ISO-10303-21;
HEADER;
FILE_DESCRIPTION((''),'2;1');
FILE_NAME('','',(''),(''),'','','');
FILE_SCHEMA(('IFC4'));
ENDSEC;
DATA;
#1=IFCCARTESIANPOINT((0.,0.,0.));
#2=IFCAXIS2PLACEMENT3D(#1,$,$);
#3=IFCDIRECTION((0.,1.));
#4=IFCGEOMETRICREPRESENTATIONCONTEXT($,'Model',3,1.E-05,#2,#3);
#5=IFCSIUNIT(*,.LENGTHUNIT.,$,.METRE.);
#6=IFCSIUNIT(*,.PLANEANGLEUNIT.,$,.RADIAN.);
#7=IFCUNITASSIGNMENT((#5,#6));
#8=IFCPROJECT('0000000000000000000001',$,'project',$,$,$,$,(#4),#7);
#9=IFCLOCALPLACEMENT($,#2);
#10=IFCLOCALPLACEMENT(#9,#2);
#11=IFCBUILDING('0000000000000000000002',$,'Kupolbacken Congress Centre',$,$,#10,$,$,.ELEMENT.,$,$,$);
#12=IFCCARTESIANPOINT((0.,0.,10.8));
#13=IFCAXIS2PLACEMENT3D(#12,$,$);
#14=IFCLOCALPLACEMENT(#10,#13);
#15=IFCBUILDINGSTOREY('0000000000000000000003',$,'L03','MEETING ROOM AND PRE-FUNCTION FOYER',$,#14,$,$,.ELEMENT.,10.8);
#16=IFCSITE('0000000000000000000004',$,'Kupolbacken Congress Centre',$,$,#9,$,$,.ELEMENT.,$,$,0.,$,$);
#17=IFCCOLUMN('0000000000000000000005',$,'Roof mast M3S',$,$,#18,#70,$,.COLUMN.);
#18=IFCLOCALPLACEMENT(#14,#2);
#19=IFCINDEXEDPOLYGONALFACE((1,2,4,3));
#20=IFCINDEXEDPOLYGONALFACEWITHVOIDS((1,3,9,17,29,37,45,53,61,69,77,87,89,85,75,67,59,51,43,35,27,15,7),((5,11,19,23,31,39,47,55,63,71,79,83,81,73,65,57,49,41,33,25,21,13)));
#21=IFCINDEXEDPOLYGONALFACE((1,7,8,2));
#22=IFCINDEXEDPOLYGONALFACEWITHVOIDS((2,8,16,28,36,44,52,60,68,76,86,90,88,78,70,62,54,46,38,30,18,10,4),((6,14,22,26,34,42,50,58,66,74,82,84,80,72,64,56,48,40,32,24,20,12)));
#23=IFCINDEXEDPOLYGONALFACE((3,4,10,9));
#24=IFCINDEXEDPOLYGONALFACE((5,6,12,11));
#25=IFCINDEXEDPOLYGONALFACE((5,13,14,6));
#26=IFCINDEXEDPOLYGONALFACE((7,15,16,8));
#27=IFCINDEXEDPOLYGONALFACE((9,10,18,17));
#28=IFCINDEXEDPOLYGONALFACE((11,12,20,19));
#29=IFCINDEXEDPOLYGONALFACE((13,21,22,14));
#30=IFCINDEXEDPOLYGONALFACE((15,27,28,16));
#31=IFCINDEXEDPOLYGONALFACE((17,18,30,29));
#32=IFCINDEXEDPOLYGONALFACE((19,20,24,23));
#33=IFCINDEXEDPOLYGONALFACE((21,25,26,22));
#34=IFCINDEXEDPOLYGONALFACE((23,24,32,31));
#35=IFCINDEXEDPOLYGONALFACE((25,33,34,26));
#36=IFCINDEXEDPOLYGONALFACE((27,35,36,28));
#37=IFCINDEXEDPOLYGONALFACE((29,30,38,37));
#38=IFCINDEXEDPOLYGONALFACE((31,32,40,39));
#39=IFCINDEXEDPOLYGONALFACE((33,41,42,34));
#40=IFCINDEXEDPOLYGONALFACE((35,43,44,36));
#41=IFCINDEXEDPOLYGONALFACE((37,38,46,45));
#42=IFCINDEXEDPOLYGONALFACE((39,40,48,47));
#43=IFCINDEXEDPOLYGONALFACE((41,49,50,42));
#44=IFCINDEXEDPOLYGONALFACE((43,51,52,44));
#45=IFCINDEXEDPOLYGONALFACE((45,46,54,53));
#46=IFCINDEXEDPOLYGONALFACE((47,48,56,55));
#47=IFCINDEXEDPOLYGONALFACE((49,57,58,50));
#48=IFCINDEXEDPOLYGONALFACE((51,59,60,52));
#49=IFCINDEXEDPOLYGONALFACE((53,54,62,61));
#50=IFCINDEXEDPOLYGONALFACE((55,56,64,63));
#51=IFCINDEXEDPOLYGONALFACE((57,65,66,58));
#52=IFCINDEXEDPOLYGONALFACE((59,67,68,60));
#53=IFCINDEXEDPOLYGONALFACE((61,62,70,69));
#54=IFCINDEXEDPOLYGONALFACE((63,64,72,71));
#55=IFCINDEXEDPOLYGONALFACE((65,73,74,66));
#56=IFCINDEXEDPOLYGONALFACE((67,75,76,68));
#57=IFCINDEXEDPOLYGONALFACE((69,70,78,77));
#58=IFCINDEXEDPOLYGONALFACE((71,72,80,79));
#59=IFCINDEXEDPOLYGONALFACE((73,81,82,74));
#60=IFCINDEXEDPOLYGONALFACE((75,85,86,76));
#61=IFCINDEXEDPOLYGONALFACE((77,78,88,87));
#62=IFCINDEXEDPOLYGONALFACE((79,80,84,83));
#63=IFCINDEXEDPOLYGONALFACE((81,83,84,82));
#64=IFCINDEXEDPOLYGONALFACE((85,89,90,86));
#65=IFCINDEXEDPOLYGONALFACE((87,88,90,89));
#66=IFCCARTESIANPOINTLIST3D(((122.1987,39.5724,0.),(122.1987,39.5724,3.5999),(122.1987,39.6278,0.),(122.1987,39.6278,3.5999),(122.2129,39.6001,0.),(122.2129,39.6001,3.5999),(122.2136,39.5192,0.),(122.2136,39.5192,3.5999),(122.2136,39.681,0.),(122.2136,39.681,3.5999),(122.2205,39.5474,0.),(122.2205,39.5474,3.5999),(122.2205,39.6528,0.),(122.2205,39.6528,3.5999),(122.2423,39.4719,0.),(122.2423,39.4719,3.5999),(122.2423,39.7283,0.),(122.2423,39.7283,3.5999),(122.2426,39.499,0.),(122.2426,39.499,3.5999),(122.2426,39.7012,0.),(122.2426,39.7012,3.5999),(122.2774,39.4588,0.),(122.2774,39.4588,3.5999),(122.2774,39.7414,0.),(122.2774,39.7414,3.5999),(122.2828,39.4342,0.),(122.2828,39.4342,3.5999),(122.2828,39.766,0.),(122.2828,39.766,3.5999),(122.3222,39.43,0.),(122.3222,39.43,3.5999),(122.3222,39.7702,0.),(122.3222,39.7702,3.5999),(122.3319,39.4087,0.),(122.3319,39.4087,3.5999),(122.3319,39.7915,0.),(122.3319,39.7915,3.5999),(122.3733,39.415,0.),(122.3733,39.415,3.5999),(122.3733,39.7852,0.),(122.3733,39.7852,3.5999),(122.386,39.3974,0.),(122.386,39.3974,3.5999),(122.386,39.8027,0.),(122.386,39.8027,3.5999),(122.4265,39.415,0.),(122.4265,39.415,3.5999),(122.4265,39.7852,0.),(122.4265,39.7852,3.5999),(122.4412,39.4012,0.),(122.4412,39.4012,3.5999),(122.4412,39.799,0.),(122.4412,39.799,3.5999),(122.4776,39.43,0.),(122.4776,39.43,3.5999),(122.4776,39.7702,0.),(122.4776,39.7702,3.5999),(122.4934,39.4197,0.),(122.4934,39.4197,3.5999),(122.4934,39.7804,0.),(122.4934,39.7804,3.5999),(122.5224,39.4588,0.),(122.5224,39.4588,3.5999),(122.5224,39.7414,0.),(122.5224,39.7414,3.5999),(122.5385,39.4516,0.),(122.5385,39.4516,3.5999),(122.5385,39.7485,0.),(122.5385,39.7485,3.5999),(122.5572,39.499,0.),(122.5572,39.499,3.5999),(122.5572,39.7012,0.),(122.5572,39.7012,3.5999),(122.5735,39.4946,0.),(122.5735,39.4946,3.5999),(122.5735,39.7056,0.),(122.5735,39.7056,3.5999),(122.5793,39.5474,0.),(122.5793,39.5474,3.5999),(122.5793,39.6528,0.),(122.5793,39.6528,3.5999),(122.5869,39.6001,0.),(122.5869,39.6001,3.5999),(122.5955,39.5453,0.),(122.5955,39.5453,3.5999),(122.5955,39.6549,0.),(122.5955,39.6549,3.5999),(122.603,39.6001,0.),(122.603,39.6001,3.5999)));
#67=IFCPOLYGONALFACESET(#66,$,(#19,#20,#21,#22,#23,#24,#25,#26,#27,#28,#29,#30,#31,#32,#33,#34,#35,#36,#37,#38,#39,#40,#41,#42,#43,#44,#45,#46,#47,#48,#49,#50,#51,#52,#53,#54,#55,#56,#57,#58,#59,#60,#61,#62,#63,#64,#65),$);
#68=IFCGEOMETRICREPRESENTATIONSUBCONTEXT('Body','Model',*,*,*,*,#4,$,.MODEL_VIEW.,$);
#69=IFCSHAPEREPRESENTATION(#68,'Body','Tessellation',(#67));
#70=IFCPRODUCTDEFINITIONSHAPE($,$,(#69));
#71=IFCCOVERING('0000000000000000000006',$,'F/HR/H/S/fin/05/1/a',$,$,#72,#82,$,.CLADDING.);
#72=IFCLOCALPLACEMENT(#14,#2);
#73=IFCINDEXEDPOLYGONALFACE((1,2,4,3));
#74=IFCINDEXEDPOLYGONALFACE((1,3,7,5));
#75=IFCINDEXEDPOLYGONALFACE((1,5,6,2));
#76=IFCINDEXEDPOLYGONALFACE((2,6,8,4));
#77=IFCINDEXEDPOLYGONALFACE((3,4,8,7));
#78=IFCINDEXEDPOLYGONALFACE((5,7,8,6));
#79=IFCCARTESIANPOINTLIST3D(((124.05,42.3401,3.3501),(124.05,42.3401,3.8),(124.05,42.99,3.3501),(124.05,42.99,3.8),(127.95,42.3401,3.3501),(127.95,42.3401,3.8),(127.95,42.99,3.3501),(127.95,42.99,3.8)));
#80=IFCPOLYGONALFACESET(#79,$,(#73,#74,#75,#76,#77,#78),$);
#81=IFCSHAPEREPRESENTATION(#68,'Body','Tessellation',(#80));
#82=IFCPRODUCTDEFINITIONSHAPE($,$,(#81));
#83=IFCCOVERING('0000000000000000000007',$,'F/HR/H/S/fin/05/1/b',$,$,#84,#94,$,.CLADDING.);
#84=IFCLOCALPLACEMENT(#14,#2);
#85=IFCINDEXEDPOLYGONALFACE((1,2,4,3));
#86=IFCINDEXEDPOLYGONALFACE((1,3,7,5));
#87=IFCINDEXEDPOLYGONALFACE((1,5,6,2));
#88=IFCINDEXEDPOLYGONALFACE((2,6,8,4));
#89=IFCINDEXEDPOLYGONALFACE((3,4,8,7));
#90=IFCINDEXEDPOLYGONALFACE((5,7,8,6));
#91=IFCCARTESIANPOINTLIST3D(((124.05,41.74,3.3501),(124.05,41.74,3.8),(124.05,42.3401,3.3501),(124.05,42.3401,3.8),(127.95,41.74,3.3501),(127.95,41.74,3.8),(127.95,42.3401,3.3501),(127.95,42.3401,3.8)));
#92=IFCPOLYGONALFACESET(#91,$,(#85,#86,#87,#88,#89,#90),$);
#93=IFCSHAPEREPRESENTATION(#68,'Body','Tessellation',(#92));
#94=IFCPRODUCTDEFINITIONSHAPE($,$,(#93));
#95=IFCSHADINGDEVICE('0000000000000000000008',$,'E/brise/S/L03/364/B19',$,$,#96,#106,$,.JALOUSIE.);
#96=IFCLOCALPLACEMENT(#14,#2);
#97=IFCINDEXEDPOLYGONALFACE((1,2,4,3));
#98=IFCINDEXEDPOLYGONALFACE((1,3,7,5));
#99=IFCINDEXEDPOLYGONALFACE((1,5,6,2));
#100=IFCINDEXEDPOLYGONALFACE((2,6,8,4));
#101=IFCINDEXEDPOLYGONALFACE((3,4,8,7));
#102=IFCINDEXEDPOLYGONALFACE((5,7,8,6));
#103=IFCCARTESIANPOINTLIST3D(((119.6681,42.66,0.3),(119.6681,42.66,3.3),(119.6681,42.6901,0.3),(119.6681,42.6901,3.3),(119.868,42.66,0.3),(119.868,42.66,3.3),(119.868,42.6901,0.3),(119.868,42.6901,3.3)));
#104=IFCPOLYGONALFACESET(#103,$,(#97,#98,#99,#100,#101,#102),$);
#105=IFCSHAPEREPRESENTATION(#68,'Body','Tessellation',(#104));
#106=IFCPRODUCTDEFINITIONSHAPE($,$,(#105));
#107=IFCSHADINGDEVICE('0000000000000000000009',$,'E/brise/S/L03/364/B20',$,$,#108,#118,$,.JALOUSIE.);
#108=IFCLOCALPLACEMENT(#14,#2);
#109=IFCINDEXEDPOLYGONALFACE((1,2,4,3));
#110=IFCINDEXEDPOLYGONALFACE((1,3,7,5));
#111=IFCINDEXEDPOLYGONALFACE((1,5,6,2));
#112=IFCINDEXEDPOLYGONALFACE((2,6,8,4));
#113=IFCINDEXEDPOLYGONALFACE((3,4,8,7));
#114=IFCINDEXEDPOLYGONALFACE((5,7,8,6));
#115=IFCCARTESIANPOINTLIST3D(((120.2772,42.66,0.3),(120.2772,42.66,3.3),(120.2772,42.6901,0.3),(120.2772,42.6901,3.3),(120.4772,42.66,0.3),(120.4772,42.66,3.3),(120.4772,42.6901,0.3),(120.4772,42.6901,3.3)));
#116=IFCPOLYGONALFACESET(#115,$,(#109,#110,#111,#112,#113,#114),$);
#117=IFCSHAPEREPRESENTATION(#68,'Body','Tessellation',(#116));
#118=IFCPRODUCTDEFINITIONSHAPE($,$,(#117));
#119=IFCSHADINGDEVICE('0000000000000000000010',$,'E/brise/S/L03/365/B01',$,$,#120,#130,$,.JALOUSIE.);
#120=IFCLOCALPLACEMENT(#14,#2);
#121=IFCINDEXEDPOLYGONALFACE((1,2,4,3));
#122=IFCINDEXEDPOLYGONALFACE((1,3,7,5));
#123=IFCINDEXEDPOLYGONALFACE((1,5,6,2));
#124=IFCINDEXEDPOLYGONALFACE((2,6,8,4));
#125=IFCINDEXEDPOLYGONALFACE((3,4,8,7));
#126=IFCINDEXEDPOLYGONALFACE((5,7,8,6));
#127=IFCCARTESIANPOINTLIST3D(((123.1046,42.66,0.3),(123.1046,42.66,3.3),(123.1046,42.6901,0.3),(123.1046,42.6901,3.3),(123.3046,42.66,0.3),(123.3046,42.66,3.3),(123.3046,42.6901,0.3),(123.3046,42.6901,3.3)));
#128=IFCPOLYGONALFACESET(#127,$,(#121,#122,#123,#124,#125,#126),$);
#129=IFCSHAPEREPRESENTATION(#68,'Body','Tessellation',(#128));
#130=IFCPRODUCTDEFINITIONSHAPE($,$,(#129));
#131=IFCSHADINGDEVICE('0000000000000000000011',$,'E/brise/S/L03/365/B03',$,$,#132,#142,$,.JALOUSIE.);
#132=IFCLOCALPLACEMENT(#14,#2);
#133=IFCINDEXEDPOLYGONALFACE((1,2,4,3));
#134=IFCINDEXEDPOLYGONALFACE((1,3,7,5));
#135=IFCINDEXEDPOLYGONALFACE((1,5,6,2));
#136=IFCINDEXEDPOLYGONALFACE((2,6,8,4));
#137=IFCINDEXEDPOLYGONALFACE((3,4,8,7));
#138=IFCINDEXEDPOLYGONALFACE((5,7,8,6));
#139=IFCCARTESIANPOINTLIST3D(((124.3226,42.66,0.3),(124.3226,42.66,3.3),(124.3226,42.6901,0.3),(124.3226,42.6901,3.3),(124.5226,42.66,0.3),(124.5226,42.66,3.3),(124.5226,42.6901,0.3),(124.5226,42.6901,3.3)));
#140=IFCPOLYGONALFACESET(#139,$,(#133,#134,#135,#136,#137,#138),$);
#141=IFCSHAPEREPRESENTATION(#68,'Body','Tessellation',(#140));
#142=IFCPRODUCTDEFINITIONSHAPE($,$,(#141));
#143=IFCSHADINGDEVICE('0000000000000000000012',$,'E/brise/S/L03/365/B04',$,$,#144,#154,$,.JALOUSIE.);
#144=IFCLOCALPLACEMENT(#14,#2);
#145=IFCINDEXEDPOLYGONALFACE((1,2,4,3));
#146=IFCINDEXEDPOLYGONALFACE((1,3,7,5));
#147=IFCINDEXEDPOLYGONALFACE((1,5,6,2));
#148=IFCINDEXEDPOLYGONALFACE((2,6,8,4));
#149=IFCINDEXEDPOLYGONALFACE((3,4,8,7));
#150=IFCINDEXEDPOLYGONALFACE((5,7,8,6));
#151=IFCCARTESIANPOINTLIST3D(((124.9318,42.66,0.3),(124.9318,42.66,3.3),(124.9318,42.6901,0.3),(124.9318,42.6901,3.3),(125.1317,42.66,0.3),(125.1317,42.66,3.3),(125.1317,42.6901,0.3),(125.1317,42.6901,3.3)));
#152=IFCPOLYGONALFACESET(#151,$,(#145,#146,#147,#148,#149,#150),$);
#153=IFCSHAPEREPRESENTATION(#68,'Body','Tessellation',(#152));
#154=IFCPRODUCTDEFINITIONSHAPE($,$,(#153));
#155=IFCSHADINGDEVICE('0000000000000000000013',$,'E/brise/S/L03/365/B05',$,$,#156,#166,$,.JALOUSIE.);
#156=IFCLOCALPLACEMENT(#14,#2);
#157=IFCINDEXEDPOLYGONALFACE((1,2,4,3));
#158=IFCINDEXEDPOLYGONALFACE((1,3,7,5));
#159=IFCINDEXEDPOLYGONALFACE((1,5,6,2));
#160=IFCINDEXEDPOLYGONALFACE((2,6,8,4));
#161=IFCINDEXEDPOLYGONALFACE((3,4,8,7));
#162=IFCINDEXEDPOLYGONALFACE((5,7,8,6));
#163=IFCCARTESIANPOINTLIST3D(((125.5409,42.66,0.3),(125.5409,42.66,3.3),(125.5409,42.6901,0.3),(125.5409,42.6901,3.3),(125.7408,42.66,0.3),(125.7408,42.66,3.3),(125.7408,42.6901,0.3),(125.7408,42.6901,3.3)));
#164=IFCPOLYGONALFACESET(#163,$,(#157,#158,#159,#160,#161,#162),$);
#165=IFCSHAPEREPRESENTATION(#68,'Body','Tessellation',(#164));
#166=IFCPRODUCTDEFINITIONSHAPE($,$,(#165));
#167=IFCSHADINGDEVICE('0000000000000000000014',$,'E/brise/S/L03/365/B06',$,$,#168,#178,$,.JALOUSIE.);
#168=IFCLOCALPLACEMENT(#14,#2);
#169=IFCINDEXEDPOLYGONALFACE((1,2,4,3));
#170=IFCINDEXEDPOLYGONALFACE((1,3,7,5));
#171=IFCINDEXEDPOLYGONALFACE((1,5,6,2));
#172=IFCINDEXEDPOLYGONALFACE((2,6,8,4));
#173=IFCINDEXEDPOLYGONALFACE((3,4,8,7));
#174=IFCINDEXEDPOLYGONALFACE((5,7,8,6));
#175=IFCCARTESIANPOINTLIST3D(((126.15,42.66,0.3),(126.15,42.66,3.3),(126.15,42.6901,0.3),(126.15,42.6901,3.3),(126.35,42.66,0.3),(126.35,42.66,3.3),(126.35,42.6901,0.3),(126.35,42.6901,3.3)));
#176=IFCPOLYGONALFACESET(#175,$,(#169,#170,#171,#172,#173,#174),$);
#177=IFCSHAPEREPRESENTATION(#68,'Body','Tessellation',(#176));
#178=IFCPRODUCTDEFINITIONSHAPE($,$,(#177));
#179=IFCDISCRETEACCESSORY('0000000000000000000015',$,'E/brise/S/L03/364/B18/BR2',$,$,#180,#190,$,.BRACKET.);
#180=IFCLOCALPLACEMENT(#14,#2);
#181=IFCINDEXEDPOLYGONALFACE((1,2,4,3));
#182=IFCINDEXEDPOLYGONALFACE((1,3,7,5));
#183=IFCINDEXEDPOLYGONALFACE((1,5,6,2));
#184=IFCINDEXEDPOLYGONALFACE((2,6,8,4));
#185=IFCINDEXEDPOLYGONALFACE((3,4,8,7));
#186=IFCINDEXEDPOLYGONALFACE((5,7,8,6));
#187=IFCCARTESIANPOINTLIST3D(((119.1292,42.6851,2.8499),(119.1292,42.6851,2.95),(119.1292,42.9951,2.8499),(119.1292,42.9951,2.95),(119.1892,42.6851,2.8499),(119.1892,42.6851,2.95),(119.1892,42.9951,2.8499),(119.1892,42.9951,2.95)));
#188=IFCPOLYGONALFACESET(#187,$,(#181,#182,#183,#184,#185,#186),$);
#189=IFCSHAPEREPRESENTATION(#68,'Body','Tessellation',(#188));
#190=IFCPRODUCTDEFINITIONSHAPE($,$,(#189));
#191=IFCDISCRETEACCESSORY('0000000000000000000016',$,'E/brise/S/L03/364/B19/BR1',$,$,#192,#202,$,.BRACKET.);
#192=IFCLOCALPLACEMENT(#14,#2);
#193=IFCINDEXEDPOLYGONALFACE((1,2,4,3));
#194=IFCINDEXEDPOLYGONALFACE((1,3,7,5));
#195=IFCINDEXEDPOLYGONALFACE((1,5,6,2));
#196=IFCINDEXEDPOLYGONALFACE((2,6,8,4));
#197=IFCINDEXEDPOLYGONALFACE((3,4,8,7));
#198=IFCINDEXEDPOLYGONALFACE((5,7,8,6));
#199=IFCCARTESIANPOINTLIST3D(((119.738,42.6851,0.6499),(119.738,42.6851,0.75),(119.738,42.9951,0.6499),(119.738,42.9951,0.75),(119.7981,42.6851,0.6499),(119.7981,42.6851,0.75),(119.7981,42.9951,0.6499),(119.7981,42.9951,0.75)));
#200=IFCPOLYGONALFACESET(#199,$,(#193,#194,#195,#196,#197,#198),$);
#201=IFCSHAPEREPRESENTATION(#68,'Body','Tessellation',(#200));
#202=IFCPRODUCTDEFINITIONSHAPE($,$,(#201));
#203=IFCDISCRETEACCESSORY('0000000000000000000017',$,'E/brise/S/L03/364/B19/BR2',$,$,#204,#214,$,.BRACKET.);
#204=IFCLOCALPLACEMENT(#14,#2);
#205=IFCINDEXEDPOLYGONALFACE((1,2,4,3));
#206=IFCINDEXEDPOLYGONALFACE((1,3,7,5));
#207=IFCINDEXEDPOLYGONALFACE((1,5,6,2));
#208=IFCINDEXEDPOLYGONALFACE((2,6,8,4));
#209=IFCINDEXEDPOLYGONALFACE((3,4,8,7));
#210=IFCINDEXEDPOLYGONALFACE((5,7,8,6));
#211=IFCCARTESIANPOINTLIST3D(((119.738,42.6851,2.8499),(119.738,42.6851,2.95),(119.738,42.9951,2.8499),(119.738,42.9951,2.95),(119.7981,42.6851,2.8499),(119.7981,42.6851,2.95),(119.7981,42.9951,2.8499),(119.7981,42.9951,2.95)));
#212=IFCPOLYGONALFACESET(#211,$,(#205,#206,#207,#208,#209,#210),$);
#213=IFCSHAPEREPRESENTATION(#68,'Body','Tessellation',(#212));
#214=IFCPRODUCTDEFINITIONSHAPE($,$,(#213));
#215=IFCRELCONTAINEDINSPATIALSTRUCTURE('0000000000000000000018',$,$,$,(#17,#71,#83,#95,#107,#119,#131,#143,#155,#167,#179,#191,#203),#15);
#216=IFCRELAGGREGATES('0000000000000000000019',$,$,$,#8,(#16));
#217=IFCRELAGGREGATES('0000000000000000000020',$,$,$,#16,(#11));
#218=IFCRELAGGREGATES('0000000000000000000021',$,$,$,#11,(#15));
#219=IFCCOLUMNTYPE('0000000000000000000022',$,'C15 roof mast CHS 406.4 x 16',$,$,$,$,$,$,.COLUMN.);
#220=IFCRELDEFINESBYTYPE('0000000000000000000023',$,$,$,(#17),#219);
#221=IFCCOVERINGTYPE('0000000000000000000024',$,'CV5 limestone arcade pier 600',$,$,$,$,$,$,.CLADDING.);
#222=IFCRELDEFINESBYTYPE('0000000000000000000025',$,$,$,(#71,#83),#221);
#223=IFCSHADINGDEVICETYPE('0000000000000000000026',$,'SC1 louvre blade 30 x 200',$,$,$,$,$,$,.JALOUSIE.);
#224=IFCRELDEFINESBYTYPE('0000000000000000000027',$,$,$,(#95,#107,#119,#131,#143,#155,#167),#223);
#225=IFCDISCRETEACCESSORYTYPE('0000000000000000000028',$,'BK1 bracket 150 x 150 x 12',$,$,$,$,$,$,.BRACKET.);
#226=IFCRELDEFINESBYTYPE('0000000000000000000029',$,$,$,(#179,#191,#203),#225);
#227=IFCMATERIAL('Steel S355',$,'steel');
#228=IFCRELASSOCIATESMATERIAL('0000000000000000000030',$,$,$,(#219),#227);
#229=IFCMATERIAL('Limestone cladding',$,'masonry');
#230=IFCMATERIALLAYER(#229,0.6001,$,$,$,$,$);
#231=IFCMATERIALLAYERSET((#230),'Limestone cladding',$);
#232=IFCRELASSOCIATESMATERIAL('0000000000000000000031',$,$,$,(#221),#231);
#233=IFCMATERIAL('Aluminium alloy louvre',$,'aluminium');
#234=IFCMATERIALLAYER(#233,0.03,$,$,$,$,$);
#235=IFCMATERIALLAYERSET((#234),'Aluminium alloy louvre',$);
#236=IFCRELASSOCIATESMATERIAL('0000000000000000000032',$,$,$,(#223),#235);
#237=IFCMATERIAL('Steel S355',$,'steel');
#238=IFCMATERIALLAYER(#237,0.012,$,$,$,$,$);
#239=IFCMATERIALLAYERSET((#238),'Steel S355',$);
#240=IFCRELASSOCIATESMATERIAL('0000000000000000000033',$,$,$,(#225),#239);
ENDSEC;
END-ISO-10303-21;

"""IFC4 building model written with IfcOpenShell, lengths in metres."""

from ifc_helpers import new_model, si_unit, direction, frame, origin, origin_2d, place, context, subcontext, project, spatial, rectangle, hollow_circle, extrude, material, layer, layer_set, material_profile, profile_set, type_object, element, save


model = new_model("IFC4")

# Units and contexts
model_context = context("Model", 3, precision=1e-05, world=origin(), true_north=direction((0.0, 1.0)))
body_context = subcontext(model_context, "Body", "Model", "MODEL_VIEW")
ifc_project = project(units=[si_unit("LENGTHUNIT", "METRE"), si_unit("PLANEANGLEUNIT", "RADIAN")], contexts=[model_context])

# Site, building, storey
site_placement = place(None, origin())
site = spatial("IfcSite", under=ifc_project, at=site_placement, Name="Kupolbacken Congress Centre", CompositionType="ELEMENT", RefElevation=0.0)
building_placement = place(site_placement, origin())
building = spatial("IfcBuilding", under=site, at=building_placement, Name="Kupolbacken Congress Centre", CompositionType="ELEMENT")
storey_placement = place(building_placement, frame((0.0, 0.0, 10.8)))
storey = spatial("IfcBuildingStorey", under=building, at=storey_placement, Name="L03", Description="MEETING ROOM AND PRE-FUNCTION FOYER", CompositionType="ELEMENT", Elevation=10.8)

# Column
ifc_material_1 = material(Name="Steel S355", Category="steel")
ifc_material_profile = material_profile(ifc_material_1, hollow_circle(Radius=0.2031, WallThickness=0.0161, at=origin_2d()), Name="CHS 406.4 x 16")
ifc_profile_set = profile_set([ifc_material_profile], Name="Steel S355")
column_type = type_object("IfcColumnType", Name="C15 roof mast CHS 406.4 x 16", PredefinedType="COLUMN", material=ifc_profile_set)
column_placement = place(storey_placement, frame((122.3999, 39.6001, 0.0), z_axis=(0.0, 0.0, 1.0), x_axis=(1.0, 0.0, 0.0)))
element("IfcColumn", 1, at=column_placement, inside=storey, type_object=column_type, Name="Roof mast M3S", PredefinedType="COLUMN", context=body_context, shape_type="SweptSolid", body=[
    extrude(hollow_circle(Radius=0.2031, WallThickness=0.0161, at=origin_2d()), origin(), (0.0, 0.0, 1.0), 3.5999),
])

# Coverings
ifc_material_2 = material(Name="Limestone cladding", Category="masonry")
ifc_layer_1 = layer(ifc_material_2, 0.6001)
ifc_layer_set_1 = layer_set([ifc_layer_1], Name="Limestone cladding")
covering_type = type_object("IfcCoveringType", Name="CV5 limestone arcade pier 600", PredefinedType="CLADDING", material=ifc_layer_set_1)
covering_1_placement = place(storey_placement, frame((126.0, 42.665, 3.3501), z_axis=(0.0, 0.0, 1.0), x_axis=(1.0, 0.0, 0.0)))
element("IfcCovering", 2, at=covering_1_placement, inside=storey, type_object=covering_type, Name="F/HR/H/S/fin/05/1/a", PredefinedType="CLADDING", context=body_context, shape_type="SweptSolid", body=[
    extrude(rectangle(XDim=3.8999, YDim=0.6499, at=origin_2d()), origin(), (0.0, 0.0, 1.0), 0.45),
])
covering_2_placement = place(storey_placement, frame((126.0, 42.04, 3.3501), z_axis=(0.0, 0.0, 1.0), x_axis=(1.0, 0.0, 0.0)))
element("IfcCovering", 3, at=covering_2_placement, inside=storey, type_object=covering_type, Name="F/HR/H/S/fin/05/1/b", PredefinedType="CLADDING", context=body_context, shape_type="SweptSolid", body=[
    extrude(rectangle(XDim=3.8999, YDim=0.6001, at=origin_2d()), origin(), (0.0, 0.0, 1.0), 0.45),
])

# Shading devices
ifc_material_3 = material(Name="Aluminium alloy louvre", Category="aluminium")
ifc_layer_2 = layer(ifc_material_3, 0.03)
ifc_layer_set_2 = layer_set([ifc_layer_2], Name="Aluminium alloy louvre")
shading_device_type = type_object("IfcShadingDeviceType", Name="SC1 louvre blade 30 x 200", PredefinedType="JALOUSIE", material=ifc_layer_set_2)
for number, where, z_axis, x_axis, name in (
    (4, (119.7681, 42.675, 0.3), (0.0, 0.0, 1.0), (1.0, 0.0, 0.0), "E/brise/S/L03/364/B19"),
    (5, (120.3772, 42.675, 0.3), (0.0, 0.0, 1.0), (1.0, 0.0, 0.0), "E/brise/S/L03/364/B20"),
    (6, (123.2046, 42.675, 0.3), (0.0, 0.0, 1.0), (1.0, 0.0, 0.0), "E/brise/S/L03/365/B01"),
    (7, (124.4226, 42.675, 0.3), (0.0, 0.0, 1.0), (1.0, 0.0, 0.0), "E/brise/S/L03/365/B03"),
    (8, (125.0317, 42.675, 0.3), (0.0, 0.0, 1.0), (1.0, 0.0, 0.0), "E/brise/S/L03/365/B04"),
    (9, (125.6409, 42.675, 0.3), (0.0, 0.0, 1.0), (1.0, 0.0, 0.0), "E/brise/S/L03/365/B05"),
    (10, (126.25, 42.675, 0.3), (0.0, 0.0, 1.0), (1.0, 0.0, 0.0), "E/brise/S/L03/365/B06"),
):
    element("IfcShadingDevice", number, at=place(storey_placement, frame(where, z_axis=z_axis, x_axis=x_axis)), inside=storey, type_object=shading_device_type, Name=name, PredefinedType="JALOUSIE", context=body_context, shape_type="SweptSolid", body=[
        extrude(rectangle(XDim=0.2, YDim=0.03, at=origin_2d()), origin(), (0.0, 0.0, 1.0), 3.0),
    ])

# Discrete accessories
ifc_material_4 = material(Name="Steel S355", Category="steel")
ifc_layer_3 = layer(ifc_material_4, 0.012)
ifc_layer_set_3 = layer_set([ifc_layer_3], Name="Steel S355")
discrete_accessory_type = type_object("IfcDiscreteAccessoryType", Name="BK1 bracket 150 x 150 x 12", PredefinedType="BRACKET", material=ifc_layer_set_3)
for number, where, z_axis, x_axis, name in (
    (11, (119.1592, 42.8401, 2.8499), (0.0, 0.0, 1.0), (1.0, 0.0, 0.0), "E/brise/S/L03/364/B18/BR2"),
    (12, (119.7681, 42.8401, 0.6499), (0.0, 0.0, 1.0), (1.0, 0.0, 0.0), "E/brise/S/L03/364/B19/BR1"),
    (13, (119.7681, 42.8401, 2.8499), (0.0, 0.0, 1.0), (1.0, 0.0, 0.0), "E/brise/S/L03/364/B19/BR2"),
):
    element("IfcDiscreteAccessory", number, at=place(storey_placement, frame(where, z_axis=z_axis, x_axis=x_axis)), inside=storey, type_object=discrete_accessory_type, Name=name, PredefinedType="BRACKET", context=body_context, shape_type="SweptSolid", body=[
        extrude(rectangle(XDim=0.0601, YDim=0.3101, at=origin_2d()), origin(), (0.0, 0.0, 1.0), 0.1001),
    ])

save(model, "model.ifc")
